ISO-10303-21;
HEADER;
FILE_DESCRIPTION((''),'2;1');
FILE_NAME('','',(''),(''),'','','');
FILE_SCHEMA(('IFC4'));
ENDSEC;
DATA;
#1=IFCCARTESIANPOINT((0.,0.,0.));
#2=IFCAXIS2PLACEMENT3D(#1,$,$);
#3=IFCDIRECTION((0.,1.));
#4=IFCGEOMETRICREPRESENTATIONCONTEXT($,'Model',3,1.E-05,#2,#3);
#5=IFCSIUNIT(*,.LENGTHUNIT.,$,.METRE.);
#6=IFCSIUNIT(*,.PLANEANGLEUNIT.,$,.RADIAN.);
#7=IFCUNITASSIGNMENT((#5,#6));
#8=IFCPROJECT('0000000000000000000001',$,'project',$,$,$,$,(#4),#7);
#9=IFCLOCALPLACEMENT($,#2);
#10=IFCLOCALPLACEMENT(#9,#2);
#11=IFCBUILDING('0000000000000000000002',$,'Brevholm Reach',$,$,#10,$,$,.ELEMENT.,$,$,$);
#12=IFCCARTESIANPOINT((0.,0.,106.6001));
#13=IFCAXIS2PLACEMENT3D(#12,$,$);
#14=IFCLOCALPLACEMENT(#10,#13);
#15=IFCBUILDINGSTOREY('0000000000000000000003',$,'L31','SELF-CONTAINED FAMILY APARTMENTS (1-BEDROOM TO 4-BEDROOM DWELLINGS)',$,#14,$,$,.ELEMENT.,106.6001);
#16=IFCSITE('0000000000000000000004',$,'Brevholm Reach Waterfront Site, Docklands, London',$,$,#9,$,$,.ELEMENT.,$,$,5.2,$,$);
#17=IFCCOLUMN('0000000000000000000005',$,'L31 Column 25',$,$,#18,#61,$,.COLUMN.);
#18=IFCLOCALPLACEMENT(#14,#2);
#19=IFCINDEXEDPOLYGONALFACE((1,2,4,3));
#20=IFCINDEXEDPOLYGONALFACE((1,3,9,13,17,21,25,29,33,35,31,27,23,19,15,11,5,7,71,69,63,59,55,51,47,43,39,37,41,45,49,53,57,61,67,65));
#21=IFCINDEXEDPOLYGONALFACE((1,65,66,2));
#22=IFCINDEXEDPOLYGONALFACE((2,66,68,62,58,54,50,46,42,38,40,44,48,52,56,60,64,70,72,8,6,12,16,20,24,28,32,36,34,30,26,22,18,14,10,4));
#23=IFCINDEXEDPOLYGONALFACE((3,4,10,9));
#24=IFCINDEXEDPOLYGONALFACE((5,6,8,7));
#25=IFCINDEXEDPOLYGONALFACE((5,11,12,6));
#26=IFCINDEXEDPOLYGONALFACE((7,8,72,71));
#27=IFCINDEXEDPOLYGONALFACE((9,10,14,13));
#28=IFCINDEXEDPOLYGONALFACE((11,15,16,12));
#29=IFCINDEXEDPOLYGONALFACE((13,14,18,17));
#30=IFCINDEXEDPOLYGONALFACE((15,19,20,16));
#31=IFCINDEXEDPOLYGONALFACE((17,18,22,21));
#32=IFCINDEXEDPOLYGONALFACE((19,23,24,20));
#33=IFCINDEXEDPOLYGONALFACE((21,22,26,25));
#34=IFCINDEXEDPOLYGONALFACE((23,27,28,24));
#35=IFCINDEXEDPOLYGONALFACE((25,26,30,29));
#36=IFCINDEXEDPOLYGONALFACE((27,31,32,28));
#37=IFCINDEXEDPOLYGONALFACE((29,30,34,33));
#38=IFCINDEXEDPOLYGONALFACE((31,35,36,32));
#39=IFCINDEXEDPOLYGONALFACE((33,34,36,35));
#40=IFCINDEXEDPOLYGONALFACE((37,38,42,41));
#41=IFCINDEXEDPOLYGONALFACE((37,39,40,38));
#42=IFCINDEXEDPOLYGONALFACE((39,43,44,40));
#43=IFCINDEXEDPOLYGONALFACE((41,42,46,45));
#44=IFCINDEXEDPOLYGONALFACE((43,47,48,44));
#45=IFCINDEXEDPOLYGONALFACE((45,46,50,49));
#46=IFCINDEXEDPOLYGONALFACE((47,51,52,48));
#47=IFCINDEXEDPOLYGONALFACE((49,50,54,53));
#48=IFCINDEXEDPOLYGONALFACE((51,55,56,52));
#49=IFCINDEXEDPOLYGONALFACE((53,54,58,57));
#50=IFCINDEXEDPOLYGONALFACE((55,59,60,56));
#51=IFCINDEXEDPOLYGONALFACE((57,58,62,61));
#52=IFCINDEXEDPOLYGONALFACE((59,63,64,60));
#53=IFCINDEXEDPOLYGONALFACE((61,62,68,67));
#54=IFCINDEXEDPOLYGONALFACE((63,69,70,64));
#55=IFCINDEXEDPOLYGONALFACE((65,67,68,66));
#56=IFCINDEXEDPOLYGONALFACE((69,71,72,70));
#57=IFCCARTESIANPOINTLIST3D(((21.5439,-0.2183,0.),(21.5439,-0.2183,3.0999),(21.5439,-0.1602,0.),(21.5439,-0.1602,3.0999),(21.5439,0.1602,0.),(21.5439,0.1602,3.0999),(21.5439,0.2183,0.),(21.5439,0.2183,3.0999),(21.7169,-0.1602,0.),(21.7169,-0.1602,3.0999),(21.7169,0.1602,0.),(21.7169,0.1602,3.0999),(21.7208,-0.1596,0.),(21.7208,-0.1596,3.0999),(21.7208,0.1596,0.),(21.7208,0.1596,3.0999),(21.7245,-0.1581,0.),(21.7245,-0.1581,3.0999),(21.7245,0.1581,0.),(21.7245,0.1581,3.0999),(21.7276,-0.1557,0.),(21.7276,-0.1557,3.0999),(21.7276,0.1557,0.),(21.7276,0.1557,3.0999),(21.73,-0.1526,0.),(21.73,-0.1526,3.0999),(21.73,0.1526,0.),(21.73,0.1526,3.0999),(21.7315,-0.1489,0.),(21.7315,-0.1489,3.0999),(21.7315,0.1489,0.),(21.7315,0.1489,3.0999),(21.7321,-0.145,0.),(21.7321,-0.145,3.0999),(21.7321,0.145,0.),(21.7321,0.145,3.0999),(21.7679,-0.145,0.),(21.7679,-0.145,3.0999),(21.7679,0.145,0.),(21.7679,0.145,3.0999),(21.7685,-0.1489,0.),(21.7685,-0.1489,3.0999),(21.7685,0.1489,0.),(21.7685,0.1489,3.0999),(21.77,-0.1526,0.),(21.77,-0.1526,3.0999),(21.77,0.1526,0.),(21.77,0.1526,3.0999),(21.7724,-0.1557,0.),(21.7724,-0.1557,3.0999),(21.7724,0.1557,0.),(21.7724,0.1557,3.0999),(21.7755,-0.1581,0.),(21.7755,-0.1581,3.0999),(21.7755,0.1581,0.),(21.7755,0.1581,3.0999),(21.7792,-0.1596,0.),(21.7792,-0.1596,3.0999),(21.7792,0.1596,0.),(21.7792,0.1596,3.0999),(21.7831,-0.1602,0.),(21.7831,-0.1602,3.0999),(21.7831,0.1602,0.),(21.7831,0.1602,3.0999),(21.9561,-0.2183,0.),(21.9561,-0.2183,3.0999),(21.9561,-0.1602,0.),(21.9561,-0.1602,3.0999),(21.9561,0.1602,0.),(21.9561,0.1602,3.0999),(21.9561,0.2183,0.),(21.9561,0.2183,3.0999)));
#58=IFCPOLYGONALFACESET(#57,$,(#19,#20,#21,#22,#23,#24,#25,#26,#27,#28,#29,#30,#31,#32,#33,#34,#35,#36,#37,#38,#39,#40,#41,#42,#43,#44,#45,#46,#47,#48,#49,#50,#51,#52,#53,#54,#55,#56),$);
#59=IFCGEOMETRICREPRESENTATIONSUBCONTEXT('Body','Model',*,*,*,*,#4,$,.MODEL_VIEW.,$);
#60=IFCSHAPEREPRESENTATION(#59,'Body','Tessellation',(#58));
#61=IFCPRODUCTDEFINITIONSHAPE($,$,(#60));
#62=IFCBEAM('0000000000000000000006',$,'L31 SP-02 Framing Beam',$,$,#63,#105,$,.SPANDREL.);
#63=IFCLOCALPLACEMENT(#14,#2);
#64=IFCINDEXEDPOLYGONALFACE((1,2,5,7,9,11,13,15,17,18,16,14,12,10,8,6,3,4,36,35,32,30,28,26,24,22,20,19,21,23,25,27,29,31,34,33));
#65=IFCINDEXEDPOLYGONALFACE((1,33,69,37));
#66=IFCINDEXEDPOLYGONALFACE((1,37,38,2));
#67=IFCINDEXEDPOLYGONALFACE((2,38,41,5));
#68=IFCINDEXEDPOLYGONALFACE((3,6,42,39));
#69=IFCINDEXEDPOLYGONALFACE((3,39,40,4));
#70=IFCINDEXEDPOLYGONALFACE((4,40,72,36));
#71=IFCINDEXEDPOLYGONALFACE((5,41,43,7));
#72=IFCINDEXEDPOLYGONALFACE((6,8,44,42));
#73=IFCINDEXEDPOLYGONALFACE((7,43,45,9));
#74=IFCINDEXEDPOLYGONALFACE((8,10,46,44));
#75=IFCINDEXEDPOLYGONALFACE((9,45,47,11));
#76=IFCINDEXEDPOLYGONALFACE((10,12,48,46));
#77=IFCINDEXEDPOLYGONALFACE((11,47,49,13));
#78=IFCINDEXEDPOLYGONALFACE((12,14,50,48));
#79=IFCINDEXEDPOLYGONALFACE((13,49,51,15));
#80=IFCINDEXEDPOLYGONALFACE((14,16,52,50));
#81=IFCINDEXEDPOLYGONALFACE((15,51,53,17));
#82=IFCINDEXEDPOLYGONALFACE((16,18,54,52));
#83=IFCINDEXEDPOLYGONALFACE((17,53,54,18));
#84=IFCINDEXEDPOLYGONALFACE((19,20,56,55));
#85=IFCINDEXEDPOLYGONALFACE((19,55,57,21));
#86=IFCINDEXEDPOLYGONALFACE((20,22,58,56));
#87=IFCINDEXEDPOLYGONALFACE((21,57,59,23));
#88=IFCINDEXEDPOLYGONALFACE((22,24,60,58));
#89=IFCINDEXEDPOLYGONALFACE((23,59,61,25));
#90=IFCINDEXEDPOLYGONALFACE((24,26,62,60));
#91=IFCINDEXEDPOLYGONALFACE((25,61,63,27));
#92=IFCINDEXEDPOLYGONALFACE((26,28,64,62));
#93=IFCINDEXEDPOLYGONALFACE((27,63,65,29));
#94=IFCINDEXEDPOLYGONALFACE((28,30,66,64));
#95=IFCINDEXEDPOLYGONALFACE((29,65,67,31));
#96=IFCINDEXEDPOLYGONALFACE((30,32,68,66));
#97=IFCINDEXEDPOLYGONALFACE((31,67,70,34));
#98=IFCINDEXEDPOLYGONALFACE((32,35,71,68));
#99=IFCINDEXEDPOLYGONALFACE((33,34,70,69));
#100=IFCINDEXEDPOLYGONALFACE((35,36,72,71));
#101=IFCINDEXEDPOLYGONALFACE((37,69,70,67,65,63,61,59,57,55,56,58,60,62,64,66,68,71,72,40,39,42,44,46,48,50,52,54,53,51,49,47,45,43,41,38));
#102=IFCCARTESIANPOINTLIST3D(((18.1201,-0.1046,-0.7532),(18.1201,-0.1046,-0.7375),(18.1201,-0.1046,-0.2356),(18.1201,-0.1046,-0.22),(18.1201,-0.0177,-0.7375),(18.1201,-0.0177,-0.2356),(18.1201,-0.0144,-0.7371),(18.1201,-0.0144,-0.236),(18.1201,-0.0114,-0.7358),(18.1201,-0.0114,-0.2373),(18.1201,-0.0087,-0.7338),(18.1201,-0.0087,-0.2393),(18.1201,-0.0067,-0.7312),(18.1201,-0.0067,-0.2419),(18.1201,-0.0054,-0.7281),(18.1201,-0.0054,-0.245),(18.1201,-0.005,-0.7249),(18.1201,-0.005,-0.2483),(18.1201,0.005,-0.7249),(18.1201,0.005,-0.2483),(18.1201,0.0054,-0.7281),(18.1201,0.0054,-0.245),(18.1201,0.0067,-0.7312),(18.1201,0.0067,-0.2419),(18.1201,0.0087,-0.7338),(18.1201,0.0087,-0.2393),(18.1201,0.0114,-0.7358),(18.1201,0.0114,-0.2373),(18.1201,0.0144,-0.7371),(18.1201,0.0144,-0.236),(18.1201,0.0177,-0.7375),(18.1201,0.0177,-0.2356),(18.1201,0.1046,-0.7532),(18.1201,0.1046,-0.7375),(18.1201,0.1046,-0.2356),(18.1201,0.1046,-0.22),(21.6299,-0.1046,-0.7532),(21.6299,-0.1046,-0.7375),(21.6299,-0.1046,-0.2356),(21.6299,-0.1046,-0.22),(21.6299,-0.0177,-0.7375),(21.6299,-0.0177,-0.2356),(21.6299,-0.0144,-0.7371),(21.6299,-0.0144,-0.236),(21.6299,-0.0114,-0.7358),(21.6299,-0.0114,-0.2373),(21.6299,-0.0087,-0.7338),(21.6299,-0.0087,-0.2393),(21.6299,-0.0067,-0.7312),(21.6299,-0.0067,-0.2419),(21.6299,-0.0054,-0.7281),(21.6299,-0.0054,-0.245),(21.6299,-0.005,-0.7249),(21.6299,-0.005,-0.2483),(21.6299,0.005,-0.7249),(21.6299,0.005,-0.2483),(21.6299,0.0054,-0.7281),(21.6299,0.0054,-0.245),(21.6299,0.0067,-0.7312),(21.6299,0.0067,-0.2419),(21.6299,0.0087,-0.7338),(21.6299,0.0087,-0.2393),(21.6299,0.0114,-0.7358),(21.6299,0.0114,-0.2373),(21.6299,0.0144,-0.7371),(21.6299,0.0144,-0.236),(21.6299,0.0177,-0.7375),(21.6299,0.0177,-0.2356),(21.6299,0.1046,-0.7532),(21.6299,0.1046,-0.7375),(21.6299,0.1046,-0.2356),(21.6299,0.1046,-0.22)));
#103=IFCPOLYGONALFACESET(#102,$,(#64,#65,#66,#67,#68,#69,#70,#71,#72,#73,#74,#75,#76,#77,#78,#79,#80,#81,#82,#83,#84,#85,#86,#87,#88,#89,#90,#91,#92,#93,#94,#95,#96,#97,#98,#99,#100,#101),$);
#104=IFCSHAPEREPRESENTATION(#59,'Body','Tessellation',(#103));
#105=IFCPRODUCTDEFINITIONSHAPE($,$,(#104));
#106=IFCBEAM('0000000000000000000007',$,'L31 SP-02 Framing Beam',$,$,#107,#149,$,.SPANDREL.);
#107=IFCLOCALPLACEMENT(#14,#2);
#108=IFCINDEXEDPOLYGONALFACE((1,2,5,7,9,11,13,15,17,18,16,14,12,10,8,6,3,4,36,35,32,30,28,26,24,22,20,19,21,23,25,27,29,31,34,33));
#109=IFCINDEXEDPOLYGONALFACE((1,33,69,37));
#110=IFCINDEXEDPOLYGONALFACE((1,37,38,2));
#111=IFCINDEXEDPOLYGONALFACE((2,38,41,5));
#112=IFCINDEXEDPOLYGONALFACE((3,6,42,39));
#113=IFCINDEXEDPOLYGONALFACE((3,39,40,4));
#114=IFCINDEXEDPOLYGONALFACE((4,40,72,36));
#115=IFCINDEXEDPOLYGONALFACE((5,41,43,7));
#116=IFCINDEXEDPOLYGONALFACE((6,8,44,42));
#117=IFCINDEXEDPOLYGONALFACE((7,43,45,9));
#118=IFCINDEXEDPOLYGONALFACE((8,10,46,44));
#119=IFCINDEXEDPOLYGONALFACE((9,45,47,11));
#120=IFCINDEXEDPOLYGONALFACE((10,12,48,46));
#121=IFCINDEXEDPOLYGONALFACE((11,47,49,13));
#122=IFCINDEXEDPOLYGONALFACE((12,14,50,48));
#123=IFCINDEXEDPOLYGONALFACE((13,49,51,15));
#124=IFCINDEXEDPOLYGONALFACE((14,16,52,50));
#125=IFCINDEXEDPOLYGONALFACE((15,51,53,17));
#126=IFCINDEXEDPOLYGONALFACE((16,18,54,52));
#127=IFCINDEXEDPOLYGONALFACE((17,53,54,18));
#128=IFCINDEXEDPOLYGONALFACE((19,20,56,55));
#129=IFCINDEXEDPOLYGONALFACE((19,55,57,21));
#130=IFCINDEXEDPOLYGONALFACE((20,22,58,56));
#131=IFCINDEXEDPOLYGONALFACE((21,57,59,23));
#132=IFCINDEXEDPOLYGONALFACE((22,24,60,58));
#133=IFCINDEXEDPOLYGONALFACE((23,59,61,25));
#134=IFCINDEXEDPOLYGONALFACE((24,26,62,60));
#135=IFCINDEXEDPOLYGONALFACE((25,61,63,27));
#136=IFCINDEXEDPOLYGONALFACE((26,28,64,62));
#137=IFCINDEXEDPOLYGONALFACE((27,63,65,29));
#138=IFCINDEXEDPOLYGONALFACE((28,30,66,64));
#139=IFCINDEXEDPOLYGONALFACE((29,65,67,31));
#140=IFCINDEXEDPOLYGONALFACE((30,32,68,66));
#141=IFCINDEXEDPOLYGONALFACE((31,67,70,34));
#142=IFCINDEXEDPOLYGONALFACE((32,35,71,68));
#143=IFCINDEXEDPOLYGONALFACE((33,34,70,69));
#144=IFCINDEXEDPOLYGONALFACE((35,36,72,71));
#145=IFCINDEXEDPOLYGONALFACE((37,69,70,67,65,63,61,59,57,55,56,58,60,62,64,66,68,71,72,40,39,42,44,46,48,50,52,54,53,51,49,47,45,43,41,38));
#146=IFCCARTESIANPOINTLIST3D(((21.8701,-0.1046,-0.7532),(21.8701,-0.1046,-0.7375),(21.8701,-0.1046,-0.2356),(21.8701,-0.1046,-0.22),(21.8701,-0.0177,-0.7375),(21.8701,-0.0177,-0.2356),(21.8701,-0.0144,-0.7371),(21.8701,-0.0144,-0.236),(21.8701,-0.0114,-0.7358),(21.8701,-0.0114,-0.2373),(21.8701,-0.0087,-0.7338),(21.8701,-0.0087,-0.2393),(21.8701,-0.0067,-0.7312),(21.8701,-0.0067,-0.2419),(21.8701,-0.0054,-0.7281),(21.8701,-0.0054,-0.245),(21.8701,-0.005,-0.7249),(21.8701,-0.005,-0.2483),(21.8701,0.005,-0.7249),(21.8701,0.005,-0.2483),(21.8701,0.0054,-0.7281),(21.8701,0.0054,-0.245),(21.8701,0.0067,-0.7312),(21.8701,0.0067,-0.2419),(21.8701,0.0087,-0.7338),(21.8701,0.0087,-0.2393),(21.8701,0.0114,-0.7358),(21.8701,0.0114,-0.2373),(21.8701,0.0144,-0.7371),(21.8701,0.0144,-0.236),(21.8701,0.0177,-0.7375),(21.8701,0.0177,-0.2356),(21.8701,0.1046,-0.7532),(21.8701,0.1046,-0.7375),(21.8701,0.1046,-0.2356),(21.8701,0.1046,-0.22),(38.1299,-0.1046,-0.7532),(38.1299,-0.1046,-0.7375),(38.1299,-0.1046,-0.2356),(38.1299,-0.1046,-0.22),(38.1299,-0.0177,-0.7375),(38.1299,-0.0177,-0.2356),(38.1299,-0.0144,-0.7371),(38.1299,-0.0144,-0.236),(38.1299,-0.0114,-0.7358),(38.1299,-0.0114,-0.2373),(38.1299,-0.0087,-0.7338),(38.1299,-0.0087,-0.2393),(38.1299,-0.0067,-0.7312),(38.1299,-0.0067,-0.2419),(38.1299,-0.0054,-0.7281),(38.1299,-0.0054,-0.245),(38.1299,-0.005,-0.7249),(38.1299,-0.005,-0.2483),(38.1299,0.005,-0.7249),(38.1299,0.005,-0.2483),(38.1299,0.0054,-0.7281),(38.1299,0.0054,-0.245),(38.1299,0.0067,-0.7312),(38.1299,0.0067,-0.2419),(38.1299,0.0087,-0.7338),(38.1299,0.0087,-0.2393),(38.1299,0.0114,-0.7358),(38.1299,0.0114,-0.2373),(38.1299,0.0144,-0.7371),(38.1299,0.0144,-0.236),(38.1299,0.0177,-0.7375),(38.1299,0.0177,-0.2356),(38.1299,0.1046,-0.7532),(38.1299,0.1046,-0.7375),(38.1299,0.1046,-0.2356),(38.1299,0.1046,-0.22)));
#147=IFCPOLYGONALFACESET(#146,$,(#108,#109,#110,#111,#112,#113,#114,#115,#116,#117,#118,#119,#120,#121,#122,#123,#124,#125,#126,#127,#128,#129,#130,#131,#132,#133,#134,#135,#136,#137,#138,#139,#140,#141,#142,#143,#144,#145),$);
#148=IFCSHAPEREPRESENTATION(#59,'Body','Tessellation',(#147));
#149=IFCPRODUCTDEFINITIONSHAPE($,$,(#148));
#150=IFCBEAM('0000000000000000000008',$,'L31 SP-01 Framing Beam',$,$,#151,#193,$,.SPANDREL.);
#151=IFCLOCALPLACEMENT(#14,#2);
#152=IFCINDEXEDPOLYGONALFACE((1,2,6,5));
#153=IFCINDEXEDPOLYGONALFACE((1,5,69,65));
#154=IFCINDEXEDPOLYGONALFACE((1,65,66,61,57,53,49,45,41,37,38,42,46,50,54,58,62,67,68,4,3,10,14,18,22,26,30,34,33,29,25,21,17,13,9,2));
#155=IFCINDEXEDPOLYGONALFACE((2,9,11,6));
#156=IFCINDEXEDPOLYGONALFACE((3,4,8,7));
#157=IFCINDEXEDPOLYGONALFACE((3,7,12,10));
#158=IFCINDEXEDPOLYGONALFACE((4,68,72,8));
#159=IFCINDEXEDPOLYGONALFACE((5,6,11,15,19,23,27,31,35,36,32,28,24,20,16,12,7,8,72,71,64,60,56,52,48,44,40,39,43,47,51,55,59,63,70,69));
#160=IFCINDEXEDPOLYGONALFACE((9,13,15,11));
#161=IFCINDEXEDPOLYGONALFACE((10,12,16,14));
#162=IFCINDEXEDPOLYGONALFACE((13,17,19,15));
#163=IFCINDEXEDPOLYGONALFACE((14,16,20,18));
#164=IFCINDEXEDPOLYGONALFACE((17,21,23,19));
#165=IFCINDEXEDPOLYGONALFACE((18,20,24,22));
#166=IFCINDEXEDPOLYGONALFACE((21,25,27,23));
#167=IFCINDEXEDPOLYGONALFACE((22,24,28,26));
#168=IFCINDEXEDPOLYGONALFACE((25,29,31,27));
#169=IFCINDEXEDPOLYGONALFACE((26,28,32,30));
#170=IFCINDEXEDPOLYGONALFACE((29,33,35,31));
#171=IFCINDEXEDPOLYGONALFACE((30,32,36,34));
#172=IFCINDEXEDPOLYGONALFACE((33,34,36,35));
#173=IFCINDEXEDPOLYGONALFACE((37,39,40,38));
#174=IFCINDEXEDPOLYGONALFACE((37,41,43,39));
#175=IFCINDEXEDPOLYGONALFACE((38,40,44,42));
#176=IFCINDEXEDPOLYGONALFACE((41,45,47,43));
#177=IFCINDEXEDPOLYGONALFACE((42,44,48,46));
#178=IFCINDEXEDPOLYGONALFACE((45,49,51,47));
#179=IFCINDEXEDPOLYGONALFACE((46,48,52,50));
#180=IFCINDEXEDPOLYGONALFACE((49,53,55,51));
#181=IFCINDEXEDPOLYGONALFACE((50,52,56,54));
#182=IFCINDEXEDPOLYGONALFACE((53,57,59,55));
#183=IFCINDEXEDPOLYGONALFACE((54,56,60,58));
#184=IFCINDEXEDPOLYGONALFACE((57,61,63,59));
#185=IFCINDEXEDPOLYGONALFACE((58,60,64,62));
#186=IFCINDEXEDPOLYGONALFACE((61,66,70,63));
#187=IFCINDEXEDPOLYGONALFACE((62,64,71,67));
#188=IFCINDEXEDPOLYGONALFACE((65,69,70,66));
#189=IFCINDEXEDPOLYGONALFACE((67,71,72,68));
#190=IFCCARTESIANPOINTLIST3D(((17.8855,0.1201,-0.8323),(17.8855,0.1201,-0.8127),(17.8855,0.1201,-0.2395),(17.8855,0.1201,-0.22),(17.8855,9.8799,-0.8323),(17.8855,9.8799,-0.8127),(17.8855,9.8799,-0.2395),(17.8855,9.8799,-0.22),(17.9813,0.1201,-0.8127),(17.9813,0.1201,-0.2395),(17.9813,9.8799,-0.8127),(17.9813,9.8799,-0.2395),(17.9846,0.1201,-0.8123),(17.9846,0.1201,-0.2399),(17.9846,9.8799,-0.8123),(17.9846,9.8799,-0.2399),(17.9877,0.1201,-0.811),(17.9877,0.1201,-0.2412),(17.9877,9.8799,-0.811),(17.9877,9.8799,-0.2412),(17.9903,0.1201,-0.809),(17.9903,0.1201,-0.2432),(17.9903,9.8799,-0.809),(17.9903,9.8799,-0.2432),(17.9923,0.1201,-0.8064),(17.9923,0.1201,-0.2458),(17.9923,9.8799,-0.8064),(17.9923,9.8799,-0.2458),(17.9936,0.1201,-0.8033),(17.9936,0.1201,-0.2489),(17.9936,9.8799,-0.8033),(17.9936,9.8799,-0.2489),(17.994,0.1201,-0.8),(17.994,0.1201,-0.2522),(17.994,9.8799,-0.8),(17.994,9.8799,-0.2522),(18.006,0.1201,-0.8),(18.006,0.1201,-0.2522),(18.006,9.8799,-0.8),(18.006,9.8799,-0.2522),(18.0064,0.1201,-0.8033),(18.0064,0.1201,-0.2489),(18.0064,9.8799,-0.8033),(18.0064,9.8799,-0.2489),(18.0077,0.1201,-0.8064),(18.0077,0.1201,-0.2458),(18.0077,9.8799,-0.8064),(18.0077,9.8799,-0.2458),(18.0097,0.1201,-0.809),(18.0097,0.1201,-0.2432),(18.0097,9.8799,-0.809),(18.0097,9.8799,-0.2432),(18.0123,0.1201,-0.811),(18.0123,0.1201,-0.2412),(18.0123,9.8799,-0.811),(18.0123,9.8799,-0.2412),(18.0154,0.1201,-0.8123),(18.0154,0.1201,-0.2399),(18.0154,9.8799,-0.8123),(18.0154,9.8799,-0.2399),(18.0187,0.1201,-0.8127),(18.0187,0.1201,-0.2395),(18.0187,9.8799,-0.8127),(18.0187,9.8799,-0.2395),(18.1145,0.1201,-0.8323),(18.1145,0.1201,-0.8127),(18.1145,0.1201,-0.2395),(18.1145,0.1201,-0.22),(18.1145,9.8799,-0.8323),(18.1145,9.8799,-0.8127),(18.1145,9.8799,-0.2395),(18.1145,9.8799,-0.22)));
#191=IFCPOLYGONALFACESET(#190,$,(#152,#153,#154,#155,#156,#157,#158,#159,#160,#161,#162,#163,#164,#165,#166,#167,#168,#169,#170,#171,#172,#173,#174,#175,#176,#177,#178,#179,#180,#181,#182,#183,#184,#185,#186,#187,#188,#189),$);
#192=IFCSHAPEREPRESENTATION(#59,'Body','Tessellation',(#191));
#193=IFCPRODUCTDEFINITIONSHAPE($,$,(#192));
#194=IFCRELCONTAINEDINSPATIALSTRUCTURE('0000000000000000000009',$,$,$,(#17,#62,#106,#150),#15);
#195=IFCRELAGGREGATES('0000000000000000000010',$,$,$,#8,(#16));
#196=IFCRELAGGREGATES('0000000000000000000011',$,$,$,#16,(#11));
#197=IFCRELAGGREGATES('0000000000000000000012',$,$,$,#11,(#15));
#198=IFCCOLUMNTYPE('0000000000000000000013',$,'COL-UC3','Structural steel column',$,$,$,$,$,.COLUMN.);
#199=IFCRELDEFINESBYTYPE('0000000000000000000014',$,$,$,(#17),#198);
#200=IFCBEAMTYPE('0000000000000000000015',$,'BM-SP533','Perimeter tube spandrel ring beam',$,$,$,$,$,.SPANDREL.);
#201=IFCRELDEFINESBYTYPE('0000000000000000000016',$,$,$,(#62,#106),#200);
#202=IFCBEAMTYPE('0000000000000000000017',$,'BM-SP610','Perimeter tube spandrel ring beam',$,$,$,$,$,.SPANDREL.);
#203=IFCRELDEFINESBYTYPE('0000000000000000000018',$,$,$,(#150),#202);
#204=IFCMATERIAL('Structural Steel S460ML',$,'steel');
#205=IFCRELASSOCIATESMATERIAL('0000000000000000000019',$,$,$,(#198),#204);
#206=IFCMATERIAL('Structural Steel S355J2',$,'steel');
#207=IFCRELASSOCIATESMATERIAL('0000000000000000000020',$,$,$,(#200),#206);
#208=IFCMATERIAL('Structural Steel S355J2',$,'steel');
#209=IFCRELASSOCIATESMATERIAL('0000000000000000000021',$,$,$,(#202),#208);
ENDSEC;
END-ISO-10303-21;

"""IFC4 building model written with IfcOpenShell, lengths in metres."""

from ifc_helpers import new_model, si_unit, direction, frame, origin, origin_2d, place, context, subcontext, project, spatial, i_section, extrude, material, material_profile, profile_set, type_object, element, save


model = new_model("IFC4")

# Units and contexts
model_context = context("Model", 3, precision=1e-05, world=origin(), true_north=direction((0.0, 1.0)))
body_context = subcontext(model_context, "Body", "Model", "MODEL_VIEW")
ifc_project = project(units=[si_unit("LENGTHUNIT", "METRE"), si_unit("PLANEANGLEUNIT", "RADIAN")], contexts=[model_context])

# Site, building, storey
site_placement = place(None, origin())
site = spatial("IfcSite", under=ifc_project, at=site_placement, Name="Brevholm Reach Waterfront Site, Docklands, London", CompositionType="ELEMENT", RefElevation=5.2)
building_placement = place(site_placement, origin())
building = spatial("IfcBuilding", under=site, at=building_placement, Name="Brevholm Reach", CompositionType="ELEMENT")
storey_placement = place(building_placement, frame((0.0, 0.0, 106.6001)))
storey = spatial("IfcBuildingStorey", under=building, at=storey_placement, Name="L31", Description="SELF-CONTAINED FAMILY APARTMENTS (1-BEDROOM TO 4-BEDROOM DWELLINGS)", CompositionType="ELEMENT", Elevation=106.6001)

# Column
ifc_material_1 = material(Name="Structural Steel S460ML", Category="steel")
ifc_material_profile_1 = material_profile(ifc_material_1, i_section(OverallWidth=0.4121, OverallDepth=0.4365, WebThickness=0.0359, FlangeThickness=0.0581, FilletRadius=0.0151, at=origin_2d()), Name="UKC 356x406x467")
ifc_profile_set_1 = profile_set([ifc_material_profile_1], Name="Structural Steel S460ML")
column_type = type_object("IfcColumnType", Name="COL-UC3", Description="Structural steel column", PredefinedType="COLUMN", material=ifc_profile_set_1)
column_placement = place(storey_placement, frame((21.75, 0.0, 0.0), z_axis=(0.0, 0.0, 1.0), x_axis=(1.0, 0.0, 0.0)))
element("IfcColumn", 1, at=column_placement, inside=storey, type_object=column_type, Name="L31 Column 25", PredefinedType="COLUMN", context=body_context, shape_type="SweptSolid", body=[
    extrude(i_section(OverallWidth=0.4121, OverallDepth=0.4365, WebThickness=0.0359, FlangeThickness=0.0581, FilletRadius=0.0151, at=origin_2d()), origin(), (0.0, 0.0, 1.0), 3.0999),
])

# Beams
ifc_material_2 = material(Name="Structural Steel S355J2", Category="steel")
ifc_material_profile_2 = material_profile(ifc_material_2, i_section(OverallWidth=0.2092, OverallDepth=0.5332, WebThickness=0.01, FlangeThickness=0.0156, FilletRadius=0.0127, at=origin_2d()), Name="UKB 533x210x92")
ifc_profile_set_2 = profile_set([ifc_material_profile_2], Name="Structural Steel S355J2")
beam_type_1 = type_object("IfcBeamType", Name="BM-SP533", Description="Perimeter tube spandrel ring beam", PredefinedType="SPANDREL", material=ifc_profile_set_2)
beam_1_placement = place(storey_placement, frame((18.1201, 0.0, -0.4866), z_axis=(1.0, 0.0, 0.0), x_axis=(0.0, 1.0, 0.0)))
element("IfcBeam", 2, at=beam_1_placement, inside=storey, type_object=beam_type_1, Name="L31 SP-02 Framing Beam", PredefinedType="SPANDREL", context=body_context, shape_type="SweptSolid", body=[
    extrude(i_section(OverallWidth=0.2092, OverallDepth=0.5332, WebThickness=0.01, FlangeThickness=0.0156, FilletRadius=0.0127, at=origin_2d()), origin(), (0.0, 0.0, 1.0), 3.5098),
])
beam_2_placement = place(storey_placement, frame((21.8701, 0.0, -0.4866), z_axis=(1.0, 0.0, 0.0), x_axis=(0.0, 1.0, 0.0)))
element("IfcBeam", 3, at=beam_2_placement, inside=storey, type_object=beam_type_1, Name="L31 SP-02 Framing Beam", PredefinedType="SPANDREL", context=body_context, shape_type="SweptSolid", body=[
    extrude(i_section(OverallWidth=0.2092, OverallDepth=0.5332, WebThickness=0.01, FlangeThickness=0.0156, FilletRadius=0.0127, at=origin_2d()), origin(), (0.0, 0.0, 1.0), 16.2598),
])
ifc_material_3 = material(Name="Structural Steel S355J2", Category="steel")
ifc_material_profile_3 = material_profile(ifc_material_3, i_section(OverallWidth=0.229, OverallDepth=0.6123, WebThickness=0.012, FlangeThickness=0.0195, FilletRadius=0.0127, at=origin_2d()), Name="UKB 610x229x125")
ifc_profile_set_3 = profile_set([ifc_material_profile_3], Name="Structural Steel S355J2")
beam_type_2 = type_object("IfcBeamType", Name="BM-SP610", Description="Perimeter tube spandrel ring beam", PredefinedType="SPANDREL", material=ifc_profile_set_3)
for number, where, z_axis, x_axis, name in (
    (4, (18.0, 0.1201, -0.5261), (0.0, 1.0, 0.0), (-1.0, 0.0, 0.0), "L31 SP-01 Framing Beam"),
):
    element("IfcBeam", number, at=place(storey_placement, frame(where, z_axis=z_axis, x_axis=x_axis)), inside=storey, type_object=beam_type_2, Name=name, PredefinedType="SPANDREL", context=body_context, shape_type="SweptSolid", body=[
        extrude(i_section(OverallWidth=0.229, OverallDepth=0.6123, WebThickness=0.012, FlangeThickness=0.0195, FilletRadius=0.0127, at=origin_2d()), origin(), (0.0, 0.0, 1.0), 9.7598),
    ])

save(model, "model.ifc")
